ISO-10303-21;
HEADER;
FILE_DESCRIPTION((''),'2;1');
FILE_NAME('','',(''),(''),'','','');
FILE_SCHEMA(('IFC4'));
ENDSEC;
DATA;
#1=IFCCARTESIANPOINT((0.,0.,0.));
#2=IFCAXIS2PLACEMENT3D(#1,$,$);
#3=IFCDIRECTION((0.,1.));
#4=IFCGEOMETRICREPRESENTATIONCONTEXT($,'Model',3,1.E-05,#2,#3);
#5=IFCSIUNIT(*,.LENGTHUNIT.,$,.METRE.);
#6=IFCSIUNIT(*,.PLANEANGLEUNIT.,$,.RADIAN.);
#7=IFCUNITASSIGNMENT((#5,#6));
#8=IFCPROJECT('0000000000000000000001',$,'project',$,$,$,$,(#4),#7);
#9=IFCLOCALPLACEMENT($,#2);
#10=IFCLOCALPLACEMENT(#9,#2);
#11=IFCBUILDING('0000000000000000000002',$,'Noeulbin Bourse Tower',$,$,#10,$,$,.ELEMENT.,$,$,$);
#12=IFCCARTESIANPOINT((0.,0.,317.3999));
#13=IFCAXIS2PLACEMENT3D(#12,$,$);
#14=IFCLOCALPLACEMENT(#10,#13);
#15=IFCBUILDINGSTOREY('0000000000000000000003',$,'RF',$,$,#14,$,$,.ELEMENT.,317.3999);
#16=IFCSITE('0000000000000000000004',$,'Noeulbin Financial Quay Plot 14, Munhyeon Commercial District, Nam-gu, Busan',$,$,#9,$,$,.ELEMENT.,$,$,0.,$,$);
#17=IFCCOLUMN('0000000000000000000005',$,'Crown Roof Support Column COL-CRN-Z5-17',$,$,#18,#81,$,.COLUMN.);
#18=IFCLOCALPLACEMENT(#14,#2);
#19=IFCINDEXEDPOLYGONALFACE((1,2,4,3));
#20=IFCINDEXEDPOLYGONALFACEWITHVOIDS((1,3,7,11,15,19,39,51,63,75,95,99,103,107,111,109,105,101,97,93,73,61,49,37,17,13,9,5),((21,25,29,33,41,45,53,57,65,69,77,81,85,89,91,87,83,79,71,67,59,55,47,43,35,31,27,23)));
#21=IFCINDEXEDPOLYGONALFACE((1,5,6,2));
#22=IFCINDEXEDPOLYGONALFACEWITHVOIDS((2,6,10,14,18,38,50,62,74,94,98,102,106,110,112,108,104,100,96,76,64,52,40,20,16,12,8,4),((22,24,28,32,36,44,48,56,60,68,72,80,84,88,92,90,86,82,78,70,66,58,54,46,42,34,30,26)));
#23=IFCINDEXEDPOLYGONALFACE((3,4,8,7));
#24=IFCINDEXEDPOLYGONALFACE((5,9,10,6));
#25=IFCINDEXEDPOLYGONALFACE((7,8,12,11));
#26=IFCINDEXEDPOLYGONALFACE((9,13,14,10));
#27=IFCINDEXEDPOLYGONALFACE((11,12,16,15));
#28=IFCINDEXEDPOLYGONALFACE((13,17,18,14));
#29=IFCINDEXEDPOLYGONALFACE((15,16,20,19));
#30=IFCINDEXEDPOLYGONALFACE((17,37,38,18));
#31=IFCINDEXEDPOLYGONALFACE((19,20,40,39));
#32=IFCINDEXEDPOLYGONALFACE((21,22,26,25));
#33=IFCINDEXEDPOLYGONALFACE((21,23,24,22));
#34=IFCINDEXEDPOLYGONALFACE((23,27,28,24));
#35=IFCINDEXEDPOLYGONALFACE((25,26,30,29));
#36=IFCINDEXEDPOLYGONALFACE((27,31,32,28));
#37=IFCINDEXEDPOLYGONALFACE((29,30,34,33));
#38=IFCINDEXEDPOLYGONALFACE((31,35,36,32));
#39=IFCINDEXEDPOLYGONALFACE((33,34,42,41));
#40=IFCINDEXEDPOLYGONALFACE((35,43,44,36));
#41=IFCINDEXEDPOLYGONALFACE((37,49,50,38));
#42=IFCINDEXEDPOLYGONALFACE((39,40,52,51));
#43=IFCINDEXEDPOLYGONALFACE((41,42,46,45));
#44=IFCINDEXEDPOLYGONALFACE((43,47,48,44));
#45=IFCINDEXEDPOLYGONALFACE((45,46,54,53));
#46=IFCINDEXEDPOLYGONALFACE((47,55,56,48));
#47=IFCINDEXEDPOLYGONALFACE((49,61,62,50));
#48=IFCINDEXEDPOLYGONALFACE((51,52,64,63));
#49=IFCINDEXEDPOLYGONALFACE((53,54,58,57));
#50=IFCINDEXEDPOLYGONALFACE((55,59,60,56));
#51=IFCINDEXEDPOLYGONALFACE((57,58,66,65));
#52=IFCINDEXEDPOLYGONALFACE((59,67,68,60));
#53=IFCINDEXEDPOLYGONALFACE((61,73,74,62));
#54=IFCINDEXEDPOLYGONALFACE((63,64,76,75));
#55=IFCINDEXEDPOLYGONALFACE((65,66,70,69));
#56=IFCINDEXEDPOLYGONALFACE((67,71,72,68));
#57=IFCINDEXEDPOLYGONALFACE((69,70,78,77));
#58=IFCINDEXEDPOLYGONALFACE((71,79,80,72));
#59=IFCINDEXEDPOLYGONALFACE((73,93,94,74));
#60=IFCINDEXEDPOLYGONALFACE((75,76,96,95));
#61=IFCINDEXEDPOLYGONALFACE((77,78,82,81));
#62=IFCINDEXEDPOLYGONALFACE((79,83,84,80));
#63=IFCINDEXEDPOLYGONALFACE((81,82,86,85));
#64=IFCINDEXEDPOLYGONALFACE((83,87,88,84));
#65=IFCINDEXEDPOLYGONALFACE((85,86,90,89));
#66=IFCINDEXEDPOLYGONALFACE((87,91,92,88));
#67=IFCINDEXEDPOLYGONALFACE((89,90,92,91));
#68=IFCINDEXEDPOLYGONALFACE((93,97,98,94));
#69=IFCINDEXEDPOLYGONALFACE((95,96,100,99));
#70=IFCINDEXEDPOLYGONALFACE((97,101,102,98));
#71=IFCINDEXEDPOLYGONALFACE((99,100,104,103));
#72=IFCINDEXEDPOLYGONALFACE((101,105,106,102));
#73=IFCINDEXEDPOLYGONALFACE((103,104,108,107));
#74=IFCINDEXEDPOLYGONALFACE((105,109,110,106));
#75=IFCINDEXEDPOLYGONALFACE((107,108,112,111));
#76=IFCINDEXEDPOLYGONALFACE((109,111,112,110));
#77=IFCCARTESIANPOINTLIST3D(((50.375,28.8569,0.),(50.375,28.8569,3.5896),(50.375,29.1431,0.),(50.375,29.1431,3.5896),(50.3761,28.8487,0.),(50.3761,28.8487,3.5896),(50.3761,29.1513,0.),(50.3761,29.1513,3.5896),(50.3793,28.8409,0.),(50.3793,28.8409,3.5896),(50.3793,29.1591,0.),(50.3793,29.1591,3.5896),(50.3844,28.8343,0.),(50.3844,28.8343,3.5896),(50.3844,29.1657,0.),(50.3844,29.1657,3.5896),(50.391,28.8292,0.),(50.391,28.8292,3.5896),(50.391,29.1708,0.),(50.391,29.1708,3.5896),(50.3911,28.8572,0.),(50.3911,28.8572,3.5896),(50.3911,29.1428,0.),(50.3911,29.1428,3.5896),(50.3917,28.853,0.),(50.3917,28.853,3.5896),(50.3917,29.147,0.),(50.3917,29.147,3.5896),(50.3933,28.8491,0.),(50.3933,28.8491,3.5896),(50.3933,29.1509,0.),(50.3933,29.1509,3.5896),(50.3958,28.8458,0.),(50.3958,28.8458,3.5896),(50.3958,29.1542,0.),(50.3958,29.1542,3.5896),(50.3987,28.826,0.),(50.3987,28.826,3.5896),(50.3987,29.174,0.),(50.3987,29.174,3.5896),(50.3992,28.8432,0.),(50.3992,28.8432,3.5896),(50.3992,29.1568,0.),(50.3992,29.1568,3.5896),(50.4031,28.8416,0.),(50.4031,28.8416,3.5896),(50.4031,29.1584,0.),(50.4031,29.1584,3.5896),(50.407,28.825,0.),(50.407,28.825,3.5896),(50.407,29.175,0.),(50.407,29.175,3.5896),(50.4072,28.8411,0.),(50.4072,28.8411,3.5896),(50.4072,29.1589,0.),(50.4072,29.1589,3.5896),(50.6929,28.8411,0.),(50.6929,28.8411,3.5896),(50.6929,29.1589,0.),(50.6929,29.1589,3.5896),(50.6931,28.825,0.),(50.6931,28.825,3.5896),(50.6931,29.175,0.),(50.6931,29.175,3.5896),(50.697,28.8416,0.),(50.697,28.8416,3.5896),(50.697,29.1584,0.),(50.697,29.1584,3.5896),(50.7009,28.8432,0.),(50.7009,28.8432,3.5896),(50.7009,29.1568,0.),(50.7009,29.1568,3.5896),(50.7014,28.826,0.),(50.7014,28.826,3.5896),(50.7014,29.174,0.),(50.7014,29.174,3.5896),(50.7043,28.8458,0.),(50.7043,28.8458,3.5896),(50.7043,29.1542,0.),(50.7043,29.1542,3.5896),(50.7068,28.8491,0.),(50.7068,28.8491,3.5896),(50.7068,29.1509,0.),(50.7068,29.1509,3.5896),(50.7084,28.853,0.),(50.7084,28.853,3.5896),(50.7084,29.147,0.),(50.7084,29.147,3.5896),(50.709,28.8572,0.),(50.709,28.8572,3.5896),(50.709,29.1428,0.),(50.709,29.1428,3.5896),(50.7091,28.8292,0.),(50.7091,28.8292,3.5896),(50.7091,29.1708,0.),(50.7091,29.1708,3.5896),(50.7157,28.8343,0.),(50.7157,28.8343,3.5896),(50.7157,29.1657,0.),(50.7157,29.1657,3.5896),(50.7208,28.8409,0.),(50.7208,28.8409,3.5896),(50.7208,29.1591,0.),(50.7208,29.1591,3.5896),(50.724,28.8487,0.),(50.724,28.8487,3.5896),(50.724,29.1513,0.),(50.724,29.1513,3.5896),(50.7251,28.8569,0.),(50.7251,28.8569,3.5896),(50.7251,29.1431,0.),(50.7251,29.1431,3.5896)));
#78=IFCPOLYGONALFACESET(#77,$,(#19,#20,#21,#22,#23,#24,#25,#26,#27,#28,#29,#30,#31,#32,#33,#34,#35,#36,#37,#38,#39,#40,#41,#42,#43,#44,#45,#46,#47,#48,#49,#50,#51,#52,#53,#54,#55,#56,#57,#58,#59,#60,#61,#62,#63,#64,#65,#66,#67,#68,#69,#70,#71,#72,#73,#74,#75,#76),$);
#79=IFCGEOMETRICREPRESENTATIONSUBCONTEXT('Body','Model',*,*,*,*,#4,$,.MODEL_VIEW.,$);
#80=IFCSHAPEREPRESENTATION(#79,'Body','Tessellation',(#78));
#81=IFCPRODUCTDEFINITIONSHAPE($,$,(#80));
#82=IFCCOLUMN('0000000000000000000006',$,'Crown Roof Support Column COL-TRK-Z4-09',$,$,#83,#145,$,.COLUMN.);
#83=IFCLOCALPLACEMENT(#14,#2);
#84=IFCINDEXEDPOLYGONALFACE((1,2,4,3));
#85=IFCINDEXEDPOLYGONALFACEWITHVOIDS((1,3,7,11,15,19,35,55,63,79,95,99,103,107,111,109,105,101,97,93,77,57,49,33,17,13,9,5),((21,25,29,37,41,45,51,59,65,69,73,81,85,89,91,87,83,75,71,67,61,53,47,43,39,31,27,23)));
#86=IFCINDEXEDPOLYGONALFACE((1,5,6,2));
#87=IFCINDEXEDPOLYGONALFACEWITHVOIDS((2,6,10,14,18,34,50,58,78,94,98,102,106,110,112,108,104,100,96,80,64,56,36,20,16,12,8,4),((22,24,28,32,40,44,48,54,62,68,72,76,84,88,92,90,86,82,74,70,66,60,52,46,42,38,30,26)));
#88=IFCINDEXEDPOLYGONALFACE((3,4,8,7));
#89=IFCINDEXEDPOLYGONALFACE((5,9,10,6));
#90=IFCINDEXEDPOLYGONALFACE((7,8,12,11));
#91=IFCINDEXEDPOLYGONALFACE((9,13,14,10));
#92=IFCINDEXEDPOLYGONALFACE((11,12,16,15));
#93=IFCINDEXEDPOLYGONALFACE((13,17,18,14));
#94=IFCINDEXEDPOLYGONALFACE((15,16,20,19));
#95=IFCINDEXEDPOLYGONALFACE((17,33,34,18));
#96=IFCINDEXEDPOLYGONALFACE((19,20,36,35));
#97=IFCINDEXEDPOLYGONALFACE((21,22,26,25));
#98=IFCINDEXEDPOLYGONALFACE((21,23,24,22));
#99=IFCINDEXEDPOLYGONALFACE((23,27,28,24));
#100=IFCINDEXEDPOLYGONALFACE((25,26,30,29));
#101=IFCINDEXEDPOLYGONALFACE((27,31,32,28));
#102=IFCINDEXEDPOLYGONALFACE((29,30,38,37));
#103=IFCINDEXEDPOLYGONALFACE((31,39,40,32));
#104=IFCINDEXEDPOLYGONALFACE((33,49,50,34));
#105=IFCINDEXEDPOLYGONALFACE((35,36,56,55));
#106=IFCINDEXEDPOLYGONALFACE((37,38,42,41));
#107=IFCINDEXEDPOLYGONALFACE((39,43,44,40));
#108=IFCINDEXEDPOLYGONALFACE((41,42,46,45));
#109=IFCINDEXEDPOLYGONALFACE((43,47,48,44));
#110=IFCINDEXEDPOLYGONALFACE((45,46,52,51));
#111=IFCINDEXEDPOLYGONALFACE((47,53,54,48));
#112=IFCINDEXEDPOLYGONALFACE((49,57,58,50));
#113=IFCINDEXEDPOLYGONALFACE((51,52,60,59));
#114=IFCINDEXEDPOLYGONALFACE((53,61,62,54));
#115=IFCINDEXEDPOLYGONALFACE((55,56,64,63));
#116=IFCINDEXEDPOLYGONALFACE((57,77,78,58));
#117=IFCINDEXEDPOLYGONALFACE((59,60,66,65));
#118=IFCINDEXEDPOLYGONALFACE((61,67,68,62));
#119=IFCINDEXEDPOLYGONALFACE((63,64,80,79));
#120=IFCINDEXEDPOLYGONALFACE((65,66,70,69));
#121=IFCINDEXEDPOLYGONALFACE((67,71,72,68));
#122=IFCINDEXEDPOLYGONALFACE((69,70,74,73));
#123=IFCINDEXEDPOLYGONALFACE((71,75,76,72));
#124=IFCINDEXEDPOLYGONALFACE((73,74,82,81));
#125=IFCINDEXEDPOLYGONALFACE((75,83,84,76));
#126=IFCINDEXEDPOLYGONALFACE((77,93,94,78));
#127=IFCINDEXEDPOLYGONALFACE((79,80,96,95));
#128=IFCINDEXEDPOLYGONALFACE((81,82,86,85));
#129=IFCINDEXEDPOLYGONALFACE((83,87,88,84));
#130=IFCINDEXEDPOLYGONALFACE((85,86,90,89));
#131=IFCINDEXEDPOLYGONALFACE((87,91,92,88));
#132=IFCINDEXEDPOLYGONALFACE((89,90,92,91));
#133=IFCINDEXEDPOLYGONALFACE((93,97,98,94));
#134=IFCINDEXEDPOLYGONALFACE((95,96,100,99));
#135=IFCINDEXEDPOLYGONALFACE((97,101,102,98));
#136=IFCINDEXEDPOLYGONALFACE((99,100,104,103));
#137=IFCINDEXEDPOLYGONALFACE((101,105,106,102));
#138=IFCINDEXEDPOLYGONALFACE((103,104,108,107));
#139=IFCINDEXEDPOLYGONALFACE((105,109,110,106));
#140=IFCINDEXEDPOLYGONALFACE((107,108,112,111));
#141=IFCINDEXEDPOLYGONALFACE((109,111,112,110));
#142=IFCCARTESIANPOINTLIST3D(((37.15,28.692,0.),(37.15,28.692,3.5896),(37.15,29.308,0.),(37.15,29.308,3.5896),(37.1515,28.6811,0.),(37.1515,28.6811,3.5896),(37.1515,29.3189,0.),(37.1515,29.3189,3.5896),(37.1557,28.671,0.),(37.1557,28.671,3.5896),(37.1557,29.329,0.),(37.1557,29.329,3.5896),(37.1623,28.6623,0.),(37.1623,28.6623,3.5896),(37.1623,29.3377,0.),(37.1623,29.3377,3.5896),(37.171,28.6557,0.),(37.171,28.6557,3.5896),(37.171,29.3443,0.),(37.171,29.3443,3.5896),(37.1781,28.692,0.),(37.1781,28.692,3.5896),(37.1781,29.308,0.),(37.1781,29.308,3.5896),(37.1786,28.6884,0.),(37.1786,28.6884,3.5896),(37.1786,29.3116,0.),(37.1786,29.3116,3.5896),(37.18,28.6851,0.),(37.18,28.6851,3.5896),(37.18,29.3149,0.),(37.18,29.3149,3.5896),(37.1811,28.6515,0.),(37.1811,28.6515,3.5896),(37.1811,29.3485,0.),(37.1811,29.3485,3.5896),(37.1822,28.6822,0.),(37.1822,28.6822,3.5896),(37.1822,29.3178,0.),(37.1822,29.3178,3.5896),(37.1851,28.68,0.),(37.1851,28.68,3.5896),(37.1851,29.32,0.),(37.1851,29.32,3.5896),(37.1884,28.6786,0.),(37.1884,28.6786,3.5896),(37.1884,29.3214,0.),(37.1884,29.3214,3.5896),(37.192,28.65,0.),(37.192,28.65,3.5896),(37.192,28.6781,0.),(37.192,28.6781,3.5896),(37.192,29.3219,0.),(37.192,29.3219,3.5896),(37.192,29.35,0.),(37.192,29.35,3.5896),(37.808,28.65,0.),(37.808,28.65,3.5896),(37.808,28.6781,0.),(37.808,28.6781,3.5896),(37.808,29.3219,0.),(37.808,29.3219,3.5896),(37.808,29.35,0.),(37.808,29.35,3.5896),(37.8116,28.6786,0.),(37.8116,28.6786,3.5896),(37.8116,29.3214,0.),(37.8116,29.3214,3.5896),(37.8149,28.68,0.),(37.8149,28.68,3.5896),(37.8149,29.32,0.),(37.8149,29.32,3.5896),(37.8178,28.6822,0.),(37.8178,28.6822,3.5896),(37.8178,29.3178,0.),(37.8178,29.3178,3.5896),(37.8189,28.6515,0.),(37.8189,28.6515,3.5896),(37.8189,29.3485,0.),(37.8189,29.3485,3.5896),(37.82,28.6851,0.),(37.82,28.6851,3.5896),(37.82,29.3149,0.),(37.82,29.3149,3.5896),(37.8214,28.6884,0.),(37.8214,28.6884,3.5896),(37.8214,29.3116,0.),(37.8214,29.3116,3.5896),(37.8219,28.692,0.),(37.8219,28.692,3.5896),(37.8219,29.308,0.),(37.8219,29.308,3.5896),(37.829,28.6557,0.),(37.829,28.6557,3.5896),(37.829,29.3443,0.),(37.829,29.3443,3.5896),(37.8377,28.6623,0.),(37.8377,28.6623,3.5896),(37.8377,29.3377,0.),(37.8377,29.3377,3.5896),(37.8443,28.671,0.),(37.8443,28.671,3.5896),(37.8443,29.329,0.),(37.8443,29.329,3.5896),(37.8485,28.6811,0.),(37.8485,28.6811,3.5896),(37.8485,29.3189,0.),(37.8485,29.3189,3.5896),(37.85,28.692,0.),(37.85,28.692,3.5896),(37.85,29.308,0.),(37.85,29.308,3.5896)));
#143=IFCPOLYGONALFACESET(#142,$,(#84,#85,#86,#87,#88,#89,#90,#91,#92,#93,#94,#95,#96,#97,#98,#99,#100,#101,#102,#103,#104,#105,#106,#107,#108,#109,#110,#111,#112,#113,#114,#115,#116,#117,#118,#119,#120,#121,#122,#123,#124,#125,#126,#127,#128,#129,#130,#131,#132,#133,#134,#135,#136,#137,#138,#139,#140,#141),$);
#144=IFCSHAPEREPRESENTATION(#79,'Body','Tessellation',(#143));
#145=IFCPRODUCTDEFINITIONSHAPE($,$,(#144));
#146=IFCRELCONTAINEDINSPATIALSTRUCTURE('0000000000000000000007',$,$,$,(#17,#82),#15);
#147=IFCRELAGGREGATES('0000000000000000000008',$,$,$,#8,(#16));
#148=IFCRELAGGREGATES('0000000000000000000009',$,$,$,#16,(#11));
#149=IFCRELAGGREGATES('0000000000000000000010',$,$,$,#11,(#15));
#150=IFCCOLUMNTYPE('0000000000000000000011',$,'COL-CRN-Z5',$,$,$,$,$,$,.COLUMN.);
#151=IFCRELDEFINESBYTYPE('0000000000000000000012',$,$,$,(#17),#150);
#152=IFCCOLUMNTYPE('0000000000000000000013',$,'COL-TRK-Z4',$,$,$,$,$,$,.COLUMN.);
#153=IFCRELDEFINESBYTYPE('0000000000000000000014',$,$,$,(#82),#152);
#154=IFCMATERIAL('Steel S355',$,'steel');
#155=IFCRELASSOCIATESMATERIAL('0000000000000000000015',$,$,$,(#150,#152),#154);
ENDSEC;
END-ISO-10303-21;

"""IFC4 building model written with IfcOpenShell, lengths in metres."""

from ifc_helpers import new_model, si_unit, direction, frame, origin, origin_2d, place, context, subcontext, project, spatial, hollow_rectangle, extrude, material, material_profile, profile_set, type_object, element, save


model = new_model("IFC4")

# Units and contexts
model_context = context("Model", 3, precision=1e-05, world=origin(), true_north=direction((0.0, 1.0)))
body_context = subcontext(model_context, "Body", "Model", "MODEL_VIEW")
ifc_project = project(units=[si_unit("LENGTHUNIT", "METRE"), si_unit("PLANEANGLEUNIT", "RADIAN")], contexts=[model_context])

# Site, building, storey
site_placement = place(None, origin())
site = spatial("IfcSite", under=ifc_project, at=site_placement, Name="Noeulbin Financial Quay Plot 14, Munhyeon Commercial District, Nam-gu, Busan", CompositionType="ELEMENT", RefElevation=0.0)
building_placement = place(site_placement, origin())
building = spatial("IfcBuilding", under=site, at=building_placement, Name="Noeulbin Bourse Tower", CompositionType="ELEMENT")
storey_placement = place(building_placement, frame((0.0, 0.0, 317.3999)))
storey = spatial("IfcBuildingStorey", under=building, at=storey_placement, Name="RF", CompositionType="ELEMENT", Elevation=317.3999)

# Columns
ifc_material_1 = material(Name="Steel S355", Category="steel")
ifc_material_profile_1 = material_profile(ifc_material_1, hollow_rectangle(XDim=0.3501, YDim=0.3501, WallThickness=0.0161, InnerFilletRadius=0.0161, OuterFilletRadius=0.032, at=origin_2d()), Name="SHS-350x350x16", Category="LoadBearing")
ifc_profile_set_1 = profile_set([ifc_material_profile_1], Name="Steel S355")
column_type_1 = type_object("IfcColumnType", Name="COL-CRN-Z5", PredefinedType="COLUMN", material=ifc_profile_set_1)
column_placement = place(storey_placement, frame((50.55, 29.0, 0.0), z_axis=(0.0, 0.0, 1.0), x_axis=(1.0, 0.0, 0.0)))
element("IfcColumn", 1, at=column_placement, inside=storey, type_object=column_type_1, Name="Crown Roof Support Column COL-CRN-Z5-17", PredefinedType="COLUMN", context=body_context, shape_type="SweptSolid", body=[
    extrude(hollow_rectangle(XDim=0.3501, YDim=0.3501, WallThickness=0.0161, InnerFilletRadius=0.0161, OuterFilletRadius=0.032, at=origin_2d()), origin(), (0.0, 0.0, 1.0), 3.5896),
])
ifc_material_profile_2 = material_profile(ifc_material_1, hollow_rectangle(XDim=0.7, YDim=0.7, WallThickness=0.0281, InnerFilletRadius=0.0139, OuterFilletRadius=0.042, at=origin_2d()), Name="BOX-700x700x28", Category="LoadBearing")
ifc_profile_set_2 = profile_set([ifc_material_profile_2], Name="Steel S355")
column_type_2 = type_object("IfcColumnType", Name="COL-TRK-Z4", PredefinedType="COLUMN", material=ifc_profile_set_2)
for number, where, z_axis, x_axis, name in (
    (2, (37.5, 29.0, 0.0), (0.0, 0.0, 1.0), (1.0, 0.0, 0.0), "Crown Roof Support Column COL-TRK-Z4-09"),
):
    element("IfcColumn", number, at=place(storey_placement, frame(where, z_axis=z_axis, x_axis=x_axis)), inside=storey, type_object=column_type_2, Name=name, PredefinedType="COLUMN", context=body_context, shape_type="SweptSolid", body=[
        extrude(hollow_rectangle(XDim=0.7, YDim=0.7, WallThickness=0.0281, InnerFilletRadius=0.0139, OuterFilletRadius=0.042, at=origin_2d()), origin(), (0.0, 0.0, 1.0), 3.5896),
    ])

save(model, "model.ifc")
